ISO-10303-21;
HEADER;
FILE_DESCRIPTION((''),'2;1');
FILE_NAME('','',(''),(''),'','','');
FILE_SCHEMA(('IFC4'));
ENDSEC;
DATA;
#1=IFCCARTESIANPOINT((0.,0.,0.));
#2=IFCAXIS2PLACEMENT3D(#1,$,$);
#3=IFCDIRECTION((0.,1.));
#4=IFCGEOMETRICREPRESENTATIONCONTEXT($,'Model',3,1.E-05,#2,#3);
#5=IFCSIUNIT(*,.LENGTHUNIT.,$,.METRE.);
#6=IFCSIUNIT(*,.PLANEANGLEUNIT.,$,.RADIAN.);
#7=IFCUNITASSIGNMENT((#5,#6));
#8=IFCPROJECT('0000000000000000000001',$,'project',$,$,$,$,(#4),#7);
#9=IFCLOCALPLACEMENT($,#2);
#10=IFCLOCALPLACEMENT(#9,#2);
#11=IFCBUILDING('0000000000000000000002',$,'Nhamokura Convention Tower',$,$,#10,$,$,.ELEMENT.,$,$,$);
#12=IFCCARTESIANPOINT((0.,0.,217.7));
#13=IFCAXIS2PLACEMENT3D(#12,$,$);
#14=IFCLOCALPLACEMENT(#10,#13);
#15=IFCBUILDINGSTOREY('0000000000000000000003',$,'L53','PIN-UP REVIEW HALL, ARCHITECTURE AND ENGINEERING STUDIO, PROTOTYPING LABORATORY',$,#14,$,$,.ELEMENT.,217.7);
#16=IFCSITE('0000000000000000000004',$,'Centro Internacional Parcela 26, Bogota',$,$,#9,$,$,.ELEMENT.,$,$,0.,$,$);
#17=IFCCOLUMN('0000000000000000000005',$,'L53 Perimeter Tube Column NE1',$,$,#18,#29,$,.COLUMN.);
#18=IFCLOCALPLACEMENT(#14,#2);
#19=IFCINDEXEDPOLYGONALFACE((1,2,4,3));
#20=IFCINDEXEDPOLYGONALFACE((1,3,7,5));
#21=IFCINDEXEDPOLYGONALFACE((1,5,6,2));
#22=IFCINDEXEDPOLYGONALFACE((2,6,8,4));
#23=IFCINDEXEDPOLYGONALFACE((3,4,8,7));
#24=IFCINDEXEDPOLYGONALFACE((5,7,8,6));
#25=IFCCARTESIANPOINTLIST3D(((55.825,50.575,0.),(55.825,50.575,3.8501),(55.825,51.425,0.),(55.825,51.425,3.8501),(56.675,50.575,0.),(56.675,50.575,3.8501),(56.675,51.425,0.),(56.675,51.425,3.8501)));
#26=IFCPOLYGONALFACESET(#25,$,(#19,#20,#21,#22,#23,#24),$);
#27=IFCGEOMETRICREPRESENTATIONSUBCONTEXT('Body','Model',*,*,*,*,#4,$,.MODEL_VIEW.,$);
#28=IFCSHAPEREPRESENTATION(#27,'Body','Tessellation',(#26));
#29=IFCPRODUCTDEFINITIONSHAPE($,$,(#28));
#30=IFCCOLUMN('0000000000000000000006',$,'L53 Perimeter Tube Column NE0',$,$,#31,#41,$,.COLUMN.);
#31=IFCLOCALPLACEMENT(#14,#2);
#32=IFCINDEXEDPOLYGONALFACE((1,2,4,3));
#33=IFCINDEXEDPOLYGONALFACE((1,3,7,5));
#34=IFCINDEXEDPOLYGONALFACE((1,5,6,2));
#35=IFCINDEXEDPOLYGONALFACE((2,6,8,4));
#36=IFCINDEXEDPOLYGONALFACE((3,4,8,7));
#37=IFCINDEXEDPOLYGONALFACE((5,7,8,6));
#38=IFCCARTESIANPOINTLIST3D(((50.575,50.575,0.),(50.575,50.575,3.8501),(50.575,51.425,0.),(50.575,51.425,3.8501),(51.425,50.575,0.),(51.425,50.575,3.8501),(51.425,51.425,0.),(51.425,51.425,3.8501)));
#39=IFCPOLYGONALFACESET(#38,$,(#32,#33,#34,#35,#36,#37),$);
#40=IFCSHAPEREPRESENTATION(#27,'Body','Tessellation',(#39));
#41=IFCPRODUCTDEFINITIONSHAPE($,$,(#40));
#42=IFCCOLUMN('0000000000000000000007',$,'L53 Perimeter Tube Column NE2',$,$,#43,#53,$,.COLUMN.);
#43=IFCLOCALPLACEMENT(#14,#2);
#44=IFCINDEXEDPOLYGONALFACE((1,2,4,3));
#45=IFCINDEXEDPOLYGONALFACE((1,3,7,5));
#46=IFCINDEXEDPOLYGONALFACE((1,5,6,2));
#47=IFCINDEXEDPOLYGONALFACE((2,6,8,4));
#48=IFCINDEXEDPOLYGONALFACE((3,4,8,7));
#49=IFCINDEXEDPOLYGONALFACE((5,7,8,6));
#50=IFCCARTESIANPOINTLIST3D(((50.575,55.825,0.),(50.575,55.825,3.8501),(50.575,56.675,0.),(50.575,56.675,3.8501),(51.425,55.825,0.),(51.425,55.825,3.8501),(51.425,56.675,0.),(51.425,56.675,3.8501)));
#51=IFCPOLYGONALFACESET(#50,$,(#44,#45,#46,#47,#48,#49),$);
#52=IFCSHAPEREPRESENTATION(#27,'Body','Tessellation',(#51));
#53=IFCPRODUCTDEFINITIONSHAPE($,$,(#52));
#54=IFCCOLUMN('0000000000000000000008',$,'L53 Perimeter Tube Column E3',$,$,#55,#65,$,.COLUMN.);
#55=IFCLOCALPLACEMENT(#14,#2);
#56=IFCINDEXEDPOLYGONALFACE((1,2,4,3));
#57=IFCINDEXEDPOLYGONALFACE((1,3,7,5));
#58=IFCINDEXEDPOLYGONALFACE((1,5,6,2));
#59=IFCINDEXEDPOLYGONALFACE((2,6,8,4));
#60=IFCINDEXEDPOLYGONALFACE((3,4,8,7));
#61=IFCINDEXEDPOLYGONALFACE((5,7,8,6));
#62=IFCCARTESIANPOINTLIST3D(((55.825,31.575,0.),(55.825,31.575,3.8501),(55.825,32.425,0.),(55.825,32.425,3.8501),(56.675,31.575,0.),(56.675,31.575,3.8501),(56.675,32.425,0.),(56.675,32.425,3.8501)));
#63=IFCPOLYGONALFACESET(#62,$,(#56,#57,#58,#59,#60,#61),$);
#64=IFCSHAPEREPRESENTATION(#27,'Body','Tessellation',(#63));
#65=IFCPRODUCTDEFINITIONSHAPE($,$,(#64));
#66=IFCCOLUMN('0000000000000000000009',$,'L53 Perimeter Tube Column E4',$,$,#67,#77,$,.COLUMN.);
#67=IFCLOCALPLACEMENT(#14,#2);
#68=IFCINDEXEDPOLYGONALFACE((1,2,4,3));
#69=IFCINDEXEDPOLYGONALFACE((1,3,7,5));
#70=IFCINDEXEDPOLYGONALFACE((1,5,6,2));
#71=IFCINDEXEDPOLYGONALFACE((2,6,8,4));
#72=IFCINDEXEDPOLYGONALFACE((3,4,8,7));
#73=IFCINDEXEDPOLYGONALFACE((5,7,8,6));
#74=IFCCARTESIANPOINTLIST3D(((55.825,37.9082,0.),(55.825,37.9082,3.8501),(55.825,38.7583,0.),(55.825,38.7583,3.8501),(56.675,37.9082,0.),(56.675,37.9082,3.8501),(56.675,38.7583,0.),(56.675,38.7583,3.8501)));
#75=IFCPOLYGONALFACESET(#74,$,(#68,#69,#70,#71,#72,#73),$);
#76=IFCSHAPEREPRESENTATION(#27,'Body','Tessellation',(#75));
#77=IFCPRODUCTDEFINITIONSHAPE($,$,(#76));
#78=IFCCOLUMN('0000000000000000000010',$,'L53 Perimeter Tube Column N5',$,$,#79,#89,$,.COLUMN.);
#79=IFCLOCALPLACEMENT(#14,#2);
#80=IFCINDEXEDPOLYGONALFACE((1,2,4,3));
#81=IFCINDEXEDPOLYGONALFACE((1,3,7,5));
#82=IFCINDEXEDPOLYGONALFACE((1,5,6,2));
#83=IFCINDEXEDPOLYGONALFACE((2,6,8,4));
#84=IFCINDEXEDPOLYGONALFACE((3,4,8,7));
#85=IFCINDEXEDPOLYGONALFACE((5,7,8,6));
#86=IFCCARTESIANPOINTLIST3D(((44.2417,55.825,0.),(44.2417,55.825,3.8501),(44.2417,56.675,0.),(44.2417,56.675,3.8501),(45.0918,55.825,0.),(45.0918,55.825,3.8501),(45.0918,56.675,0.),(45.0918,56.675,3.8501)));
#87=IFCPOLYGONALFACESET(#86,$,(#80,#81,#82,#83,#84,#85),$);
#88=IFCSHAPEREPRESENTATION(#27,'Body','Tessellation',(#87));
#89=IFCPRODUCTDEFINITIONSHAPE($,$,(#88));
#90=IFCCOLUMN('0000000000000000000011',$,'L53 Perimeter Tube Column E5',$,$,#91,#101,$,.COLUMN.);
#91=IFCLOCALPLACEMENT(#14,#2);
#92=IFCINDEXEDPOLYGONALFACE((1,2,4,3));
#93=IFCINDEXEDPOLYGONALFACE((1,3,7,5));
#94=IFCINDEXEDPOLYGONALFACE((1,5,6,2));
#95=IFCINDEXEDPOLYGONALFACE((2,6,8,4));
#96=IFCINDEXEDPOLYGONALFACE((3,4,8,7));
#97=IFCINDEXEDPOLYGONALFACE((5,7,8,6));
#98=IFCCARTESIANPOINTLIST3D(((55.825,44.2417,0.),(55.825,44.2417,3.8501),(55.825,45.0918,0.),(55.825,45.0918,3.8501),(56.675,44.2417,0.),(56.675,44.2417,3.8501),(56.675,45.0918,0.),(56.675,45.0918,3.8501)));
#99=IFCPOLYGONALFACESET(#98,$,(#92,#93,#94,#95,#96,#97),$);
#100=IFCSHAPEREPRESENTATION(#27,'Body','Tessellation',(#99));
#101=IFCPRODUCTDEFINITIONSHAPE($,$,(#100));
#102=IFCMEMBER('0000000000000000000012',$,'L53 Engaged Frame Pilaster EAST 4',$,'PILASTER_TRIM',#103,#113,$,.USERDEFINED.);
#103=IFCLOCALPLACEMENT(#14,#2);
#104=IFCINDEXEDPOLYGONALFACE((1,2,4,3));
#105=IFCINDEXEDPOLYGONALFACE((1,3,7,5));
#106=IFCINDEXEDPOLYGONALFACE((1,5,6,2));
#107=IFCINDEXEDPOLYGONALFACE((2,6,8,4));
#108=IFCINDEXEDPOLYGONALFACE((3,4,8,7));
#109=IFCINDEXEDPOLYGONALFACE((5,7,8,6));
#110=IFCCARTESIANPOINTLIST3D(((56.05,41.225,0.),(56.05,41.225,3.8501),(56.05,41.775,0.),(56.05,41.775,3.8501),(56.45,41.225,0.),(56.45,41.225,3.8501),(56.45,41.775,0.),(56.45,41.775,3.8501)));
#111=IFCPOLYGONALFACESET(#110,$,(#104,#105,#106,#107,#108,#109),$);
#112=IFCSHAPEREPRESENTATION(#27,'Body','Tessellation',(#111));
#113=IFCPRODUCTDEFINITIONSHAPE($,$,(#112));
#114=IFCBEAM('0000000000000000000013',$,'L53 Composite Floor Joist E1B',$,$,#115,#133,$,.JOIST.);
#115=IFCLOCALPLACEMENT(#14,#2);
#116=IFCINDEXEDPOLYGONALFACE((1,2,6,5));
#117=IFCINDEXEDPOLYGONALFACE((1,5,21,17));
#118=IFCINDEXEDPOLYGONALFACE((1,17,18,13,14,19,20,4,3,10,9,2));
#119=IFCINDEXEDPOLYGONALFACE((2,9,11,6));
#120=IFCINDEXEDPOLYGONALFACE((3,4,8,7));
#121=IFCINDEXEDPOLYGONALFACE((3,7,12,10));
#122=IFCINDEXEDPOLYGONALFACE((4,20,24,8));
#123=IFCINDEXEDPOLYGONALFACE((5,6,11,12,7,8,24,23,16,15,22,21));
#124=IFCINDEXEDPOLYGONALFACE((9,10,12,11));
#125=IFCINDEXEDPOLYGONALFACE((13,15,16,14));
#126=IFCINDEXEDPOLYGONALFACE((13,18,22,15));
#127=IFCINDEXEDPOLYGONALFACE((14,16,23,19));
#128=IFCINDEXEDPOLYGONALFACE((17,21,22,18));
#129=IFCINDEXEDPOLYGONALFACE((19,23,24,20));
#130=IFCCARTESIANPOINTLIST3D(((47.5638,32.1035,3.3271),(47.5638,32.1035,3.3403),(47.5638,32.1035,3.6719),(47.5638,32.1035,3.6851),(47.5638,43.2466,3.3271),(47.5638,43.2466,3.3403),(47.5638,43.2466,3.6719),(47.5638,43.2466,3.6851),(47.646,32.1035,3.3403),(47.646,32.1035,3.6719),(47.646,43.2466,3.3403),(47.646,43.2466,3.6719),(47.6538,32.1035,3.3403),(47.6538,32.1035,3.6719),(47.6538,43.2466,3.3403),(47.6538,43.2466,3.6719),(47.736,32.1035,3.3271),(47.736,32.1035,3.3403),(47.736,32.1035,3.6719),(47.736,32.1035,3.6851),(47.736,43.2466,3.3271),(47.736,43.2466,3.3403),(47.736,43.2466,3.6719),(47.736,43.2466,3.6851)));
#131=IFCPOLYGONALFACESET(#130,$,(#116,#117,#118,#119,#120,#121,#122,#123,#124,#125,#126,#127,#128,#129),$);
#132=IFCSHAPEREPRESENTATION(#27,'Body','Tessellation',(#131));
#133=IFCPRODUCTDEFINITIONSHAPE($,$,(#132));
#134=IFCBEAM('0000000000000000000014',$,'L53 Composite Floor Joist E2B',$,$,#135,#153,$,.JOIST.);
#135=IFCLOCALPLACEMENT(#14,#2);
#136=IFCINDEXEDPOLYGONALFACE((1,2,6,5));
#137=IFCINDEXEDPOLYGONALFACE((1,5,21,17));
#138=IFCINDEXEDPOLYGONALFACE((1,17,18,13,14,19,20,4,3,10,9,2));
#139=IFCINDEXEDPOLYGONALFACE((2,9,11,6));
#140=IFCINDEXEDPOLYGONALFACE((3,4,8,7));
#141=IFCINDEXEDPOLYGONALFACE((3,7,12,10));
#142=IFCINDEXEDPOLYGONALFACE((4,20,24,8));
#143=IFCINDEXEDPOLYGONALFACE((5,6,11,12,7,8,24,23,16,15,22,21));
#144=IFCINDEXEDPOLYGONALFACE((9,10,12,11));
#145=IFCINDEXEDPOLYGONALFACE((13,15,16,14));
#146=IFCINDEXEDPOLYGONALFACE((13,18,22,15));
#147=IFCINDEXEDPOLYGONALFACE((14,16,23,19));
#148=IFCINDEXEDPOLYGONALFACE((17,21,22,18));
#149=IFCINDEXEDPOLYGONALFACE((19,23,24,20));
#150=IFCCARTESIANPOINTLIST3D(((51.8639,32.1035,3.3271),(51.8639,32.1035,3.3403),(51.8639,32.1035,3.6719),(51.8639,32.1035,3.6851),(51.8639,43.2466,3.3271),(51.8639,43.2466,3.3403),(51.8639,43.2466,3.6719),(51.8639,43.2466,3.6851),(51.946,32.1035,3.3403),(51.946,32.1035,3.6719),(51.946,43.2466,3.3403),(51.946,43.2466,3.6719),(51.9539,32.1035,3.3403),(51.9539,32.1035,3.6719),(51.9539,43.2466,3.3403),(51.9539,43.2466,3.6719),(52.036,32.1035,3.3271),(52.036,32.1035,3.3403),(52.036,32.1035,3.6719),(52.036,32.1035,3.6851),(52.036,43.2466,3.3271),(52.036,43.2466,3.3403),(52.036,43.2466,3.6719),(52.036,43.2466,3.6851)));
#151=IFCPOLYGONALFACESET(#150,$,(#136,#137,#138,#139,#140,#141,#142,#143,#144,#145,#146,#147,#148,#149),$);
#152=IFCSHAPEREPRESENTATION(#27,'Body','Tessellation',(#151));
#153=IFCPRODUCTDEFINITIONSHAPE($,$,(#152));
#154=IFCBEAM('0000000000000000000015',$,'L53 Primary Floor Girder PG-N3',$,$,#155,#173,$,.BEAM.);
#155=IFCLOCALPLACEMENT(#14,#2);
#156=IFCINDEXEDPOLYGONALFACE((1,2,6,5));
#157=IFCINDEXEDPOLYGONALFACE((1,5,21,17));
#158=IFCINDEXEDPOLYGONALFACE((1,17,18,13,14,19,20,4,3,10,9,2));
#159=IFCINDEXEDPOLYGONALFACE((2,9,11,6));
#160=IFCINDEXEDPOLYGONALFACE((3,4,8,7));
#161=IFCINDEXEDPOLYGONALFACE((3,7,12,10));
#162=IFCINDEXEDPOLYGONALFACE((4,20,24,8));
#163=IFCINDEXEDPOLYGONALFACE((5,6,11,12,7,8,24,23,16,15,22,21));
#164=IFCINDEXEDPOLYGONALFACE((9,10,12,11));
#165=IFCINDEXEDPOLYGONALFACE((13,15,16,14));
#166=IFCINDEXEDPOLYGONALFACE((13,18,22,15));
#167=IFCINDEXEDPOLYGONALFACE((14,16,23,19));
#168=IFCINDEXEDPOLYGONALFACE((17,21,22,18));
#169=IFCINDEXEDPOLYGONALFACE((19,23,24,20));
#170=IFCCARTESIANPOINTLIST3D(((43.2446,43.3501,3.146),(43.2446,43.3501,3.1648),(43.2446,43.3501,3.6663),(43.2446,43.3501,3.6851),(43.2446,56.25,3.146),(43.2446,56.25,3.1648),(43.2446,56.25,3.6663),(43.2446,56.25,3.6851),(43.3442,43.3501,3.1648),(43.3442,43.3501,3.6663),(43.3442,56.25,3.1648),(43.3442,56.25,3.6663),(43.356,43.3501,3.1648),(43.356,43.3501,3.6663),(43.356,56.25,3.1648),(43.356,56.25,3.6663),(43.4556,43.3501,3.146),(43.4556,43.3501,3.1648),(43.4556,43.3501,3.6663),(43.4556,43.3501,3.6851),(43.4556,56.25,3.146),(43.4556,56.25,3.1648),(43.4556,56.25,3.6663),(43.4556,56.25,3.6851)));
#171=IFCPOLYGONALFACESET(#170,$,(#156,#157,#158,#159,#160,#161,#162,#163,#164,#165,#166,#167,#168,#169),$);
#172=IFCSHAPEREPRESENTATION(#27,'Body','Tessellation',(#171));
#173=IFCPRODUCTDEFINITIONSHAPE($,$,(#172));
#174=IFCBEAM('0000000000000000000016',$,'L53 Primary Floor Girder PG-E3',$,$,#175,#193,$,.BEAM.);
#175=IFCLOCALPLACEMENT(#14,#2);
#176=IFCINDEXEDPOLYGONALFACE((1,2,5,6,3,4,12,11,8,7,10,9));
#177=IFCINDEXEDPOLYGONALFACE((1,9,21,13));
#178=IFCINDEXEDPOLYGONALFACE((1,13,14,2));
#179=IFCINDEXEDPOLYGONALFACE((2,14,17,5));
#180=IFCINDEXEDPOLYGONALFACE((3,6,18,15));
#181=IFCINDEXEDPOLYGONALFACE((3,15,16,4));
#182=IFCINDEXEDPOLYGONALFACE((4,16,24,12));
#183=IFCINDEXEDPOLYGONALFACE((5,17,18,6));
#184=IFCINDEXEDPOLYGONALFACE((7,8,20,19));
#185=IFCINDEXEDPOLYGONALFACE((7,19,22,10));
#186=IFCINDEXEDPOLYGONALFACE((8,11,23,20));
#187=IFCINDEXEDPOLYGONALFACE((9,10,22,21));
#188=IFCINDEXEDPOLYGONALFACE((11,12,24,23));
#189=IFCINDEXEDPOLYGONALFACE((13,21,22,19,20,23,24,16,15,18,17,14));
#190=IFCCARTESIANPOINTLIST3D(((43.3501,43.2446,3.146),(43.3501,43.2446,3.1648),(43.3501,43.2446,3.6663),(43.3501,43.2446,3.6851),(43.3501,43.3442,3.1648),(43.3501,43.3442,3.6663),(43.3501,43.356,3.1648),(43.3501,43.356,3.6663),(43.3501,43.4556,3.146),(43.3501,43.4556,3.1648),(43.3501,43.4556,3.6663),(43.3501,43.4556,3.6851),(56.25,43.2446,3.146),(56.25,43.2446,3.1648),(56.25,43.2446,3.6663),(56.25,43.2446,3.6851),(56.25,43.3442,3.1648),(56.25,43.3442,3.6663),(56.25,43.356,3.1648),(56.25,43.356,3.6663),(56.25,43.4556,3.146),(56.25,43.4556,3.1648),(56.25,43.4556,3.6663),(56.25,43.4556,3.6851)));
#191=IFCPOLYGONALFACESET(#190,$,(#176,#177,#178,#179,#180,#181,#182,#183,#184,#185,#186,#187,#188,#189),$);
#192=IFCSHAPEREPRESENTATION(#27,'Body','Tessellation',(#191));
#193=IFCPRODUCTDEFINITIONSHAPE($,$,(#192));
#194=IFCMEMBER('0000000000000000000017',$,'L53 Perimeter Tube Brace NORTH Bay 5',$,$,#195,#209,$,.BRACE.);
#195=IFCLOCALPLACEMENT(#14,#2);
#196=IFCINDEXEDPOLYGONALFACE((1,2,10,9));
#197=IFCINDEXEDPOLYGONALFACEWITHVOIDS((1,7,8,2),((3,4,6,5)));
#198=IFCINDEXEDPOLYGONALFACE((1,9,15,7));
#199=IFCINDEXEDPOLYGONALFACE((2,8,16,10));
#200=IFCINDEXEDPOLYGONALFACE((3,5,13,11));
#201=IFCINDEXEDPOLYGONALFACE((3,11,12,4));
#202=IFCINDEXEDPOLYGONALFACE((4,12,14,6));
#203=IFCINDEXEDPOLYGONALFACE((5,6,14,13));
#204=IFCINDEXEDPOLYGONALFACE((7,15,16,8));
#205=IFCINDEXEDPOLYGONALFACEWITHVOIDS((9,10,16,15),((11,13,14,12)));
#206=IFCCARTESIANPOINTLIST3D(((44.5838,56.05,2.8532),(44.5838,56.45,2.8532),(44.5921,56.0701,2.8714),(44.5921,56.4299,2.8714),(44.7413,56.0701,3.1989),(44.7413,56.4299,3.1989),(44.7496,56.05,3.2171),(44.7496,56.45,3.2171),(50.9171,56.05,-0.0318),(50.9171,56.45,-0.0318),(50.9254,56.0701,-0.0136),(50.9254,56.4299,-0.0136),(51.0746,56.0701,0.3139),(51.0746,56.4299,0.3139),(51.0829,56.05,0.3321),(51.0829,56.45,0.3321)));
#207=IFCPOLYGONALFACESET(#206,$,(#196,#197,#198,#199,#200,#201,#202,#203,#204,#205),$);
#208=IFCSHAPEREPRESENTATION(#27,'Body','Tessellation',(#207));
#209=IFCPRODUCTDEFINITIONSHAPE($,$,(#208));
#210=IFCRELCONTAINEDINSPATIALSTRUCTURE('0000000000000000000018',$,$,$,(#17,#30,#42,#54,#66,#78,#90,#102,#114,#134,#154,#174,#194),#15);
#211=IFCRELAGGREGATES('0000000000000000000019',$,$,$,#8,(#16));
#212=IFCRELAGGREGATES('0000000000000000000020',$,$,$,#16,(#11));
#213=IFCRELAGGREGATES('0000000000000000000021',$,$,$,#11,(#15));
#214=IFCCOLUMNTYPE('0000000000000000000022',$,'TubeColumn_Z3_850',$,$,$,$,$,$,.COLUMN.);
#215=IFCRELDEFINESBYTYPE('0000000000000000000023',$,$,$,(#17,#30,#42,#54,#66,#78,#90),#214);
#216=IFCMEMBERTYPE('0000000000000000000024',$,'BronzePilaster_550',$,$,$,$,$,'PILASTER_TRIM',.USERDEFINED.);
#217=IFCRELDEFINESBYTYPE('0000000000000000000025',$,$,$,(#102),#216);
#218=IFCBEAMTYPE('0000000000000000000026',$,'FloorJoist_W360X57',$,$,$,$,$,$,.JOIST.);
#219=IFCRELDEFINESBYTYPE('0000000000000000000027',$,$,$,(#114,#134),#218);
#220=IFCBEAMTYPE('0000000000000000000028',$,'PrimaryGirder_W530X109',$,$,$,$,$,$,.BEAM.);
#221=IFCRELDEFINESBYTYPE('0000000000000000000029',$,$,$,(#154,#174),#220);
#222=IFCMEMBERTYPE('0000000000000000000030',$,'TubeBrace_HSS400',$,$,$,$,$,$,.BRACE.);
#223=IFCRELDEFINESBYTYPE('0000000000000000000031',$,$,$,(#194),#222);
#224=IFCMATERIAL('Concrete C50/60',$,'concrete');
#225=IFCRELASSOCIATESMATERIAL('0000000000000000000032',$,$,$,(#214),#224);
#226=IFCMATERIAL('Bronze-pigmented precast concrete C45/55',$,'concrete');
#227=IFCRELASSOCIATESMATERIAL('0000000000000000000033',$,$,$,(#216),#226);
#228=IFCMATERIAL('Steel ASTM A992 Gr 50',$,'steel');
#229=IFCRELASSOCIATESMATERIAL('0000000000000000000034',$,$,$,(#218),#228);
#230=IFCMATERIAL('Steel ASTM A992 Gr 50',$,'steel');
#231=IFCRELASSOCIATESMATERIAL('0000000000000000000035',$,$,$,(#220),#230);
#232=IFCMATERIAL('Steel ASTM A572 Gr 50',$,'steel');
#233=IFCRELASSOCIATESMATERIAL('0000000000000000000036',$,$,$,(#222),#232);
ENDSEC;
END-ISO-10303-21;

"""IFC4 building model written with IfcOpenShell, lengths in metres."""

from ifc_helpers import new_model, si_unit, direction, frame, origin, origin_2d, place, context, subcontext, project, spatial, rectangle, hollow_rectangle, i_section, extrude, material, material_profile, profile_set, type_object, element, save


model = new_model("IFC4")

# Units and contexts
model_context = context("Model", 3, precision=1e-05, world=origin(), true_north=direction((0.0, 1.0)))
body_context = subcontext(model_context, "Body", "Model", "MODEL_VIEW")
ifc_project = project(units=[si_unit("LENGTHUNIT", "METRE"), si_unit("PLANEANGLEUNIT", "RADIAN")], contexts=[model_context])

# Site, building, storey
site_placement = place(None, origin())
site = spatial("IfcSite", under=ifc_project, at=site_placement, Name="Centro Internacional Parcela 26, Bogota", CompositionType="ELEMENT", RefElevation=0.0)
building_placement = place(site_placement, origin())
building = spatial("IfcBuilding", under=site, at=building_placement, Name="Nhamokura Convention Tower", CompositionType="ELEMENT")
storey_placement = place(building_placement, frame((0.0, 0.0, 217.7)))
storey = spatial("IfcBuildingStorey", under=building, at=storey_placement, Name="L53", Description="PIN-UP REVIEW HALL, ARCHITECTURE AND ENGINEERING STUDIO, PROTOTYPING LABORATORY", CompositionType="ELEMENT", Elevation=217.7)

# Columns
ifc_material_1 = material(Name="Concrete C50/60", Category="concrete")
ifc_material_profile_1 = material_profile(ifc_material_1, rectangle(XDim=0.8501, YDim=0.8501, at=origin_2d()))
ifc_profile_set_1 = profile_set([ifc_material_profile_1], Name="Concrete C50/60")
column_type = type_object("IfcColumnType", Name="TubeColumn_Z3_850", PredefinedType="COLUMN", material=ifc_profile_set_1)
for number, where, z_axis, x_axis, name in (
    (1, (56.25, 51.0, 0.0), (0.0, 0.0, 1.0), (1.0, 0.0, 0.0), "L53 Perimeter Tube Column NE1"),
    (2, (51.0, 51.0, 0.0), (0.0, 0.0, 1.0), (1.0, 0.0, 0.0), "L53 Perimeter Tube Column NE0"),
    (3, (51.0, 56.25, 0.0), (0.0, 0.0, 1.0), (1.0, 0.0, 0.0), "L53 Perimeter Tube Column NE2"),
    (4, (56.25, 32.0, 0.0), (0.0, 0.0, 1.0), (1.0, 0.0, 0.0), "L53 Perimeter Tube Column E3"),
    (5, (56.25, 38.3333, 0.0), (0.0, 0.0, 1.0), (1.0, 0.0, 0.0), "L53 Perimeter Tube Column E4"),
    (6, (44.6667, 56.25, 0.0), (0.0, 0.0, 1.0), (1.0, 0.0, 0.0), "L53 Perimeter Tube Column N5"),
    (7, (56.25, 44.6667, 0.0), (0.0, 0.0, 1.0), (1.0, 0.0, 0.0), "L53 Perimeter Tube Column E5"),
):
    element("IfcColumn", number, at=place(storey_placement, frame(where, z_axis=z_axis, x_axis=x_axis)), inside=storey, type_object=column_type, Name=name, PredefinedType="COLUMN", context=body_context, shape_type="SweptSolid", body=[
        extrude(rectangle(XDim=0.8501, YDim=0.8501, at=origin_2d()), origin(), (0.0, 0.0, 1.0), 3.8501),
    ])

# Member
ifc_material_2 = material(Name="Bronze-pigmented precast concrete C45/55", Category="concrete")
ifc_material_profile_2 = material_profile(ifc_material_2, rectangle(XDim=0.3999, YDim=0.55, at=origin_2d()))
ifc_profile_set_2 = profile_set([ifc_material_profile_2], Name="Bronze-pigmented precast concrete C45/55")
member_type_1 = type_object("IfcMemberType", Name="BronzePilaster_550", ElementType="PILASTER_TRIM", PredefinedType="USERDEFINED", material=ifc_profile_set_2)
member_placement = place(storey_placement, frame((56.25, 41.5, 0.0), z_axis=(0.0, 0.0, 1.0), x_axis=(1.0, 0.0, 0.0)))
element("IfcMember", 8, at=member_placement, inside=storey, type_object=member_type_1, Name="L53 Engaged Frame Pilaster EAST 4", ObjectType="PILASTER_TRIM", PredefinedType="USERDEFINED", context=body_context, shape_type="SweptSolid", body=[
    extrude(rectangle(XDim=0.3999, YDim=0.55, at=origin_2d()), origin(), (0.0, 0.0, 1.0), 3.8501),
])

# Beams
ifc_material_3 = material(Name="Steel ASTM A992 Gr 50", Category="steel")
ifc_material_profile_3 = material_profile(ifc_material_3, i_section(OverallWidth=0.1721, OverallDepth=0.3579, WebThickness=0.0078, FlangeThickness=0.0132, at=origin_2d()))
ifc_profile_set_3 = profile_set([ifc_material_profile_3], Name="Steel ASTM A992 Gr 50")
beam_type_1 = type_object("IfcBeamType", Name="FloorJoist_W360X57", PredefinedType="JOIST", material=ifc_profile_set_3)
for number, where, z_axis, x_axis, name in (
    (9, (47.6499, 32.1035, 3.5061), (0.0, 1.0, 0.0), (-1.0, 0.0, 0.0), "L53 Composite Floor Joist E1B"),
    (10, (51.95, 32.1035, 3.5061), (0.0, 1.0, 0.0), (-1.0, 0.0, 0.0), "L53 Composite Floor Joist E2B"),
):
    element("IfcBeam", number, at=place(storey_placement, frame(where, z_axis=z_axis, x_axis=x_axis)), inside=storey, type_object=beam_type_1, Name=name, PredefinedType="JOIST", context=body_context, shape_type="SweptSolid", body=[
        extrude(i_section(OverallWidth=0.1721, OverallDepth=0.3579, WebThickness=0.0078, FlangeThickness=0.0132, at=origin_2d()), origin(), (0.0, 0.0, 1.0), 11.1431),
    ])
ifc_material_4 = material(Name="Steel ASTM A992 Gr 50", Category="steel")
ifc_material_profile_4 = material_profile(ifc_material_4, i_section(OverallWidth=0.2109, OverallDepth=0.5391, WebThickness=0.0117, FlangeThickness=0.0188, at=origin_2d()))
ifc_profile_set_4 = profile_set([ifc_material_profile_4], Name="Steel ASTM A992 Gr 50")
beam_type_2 = type_object("IfcBeamType", Name="PrimaryGirder_W530X109", PredefinedType="BEAM", material=ifc_profile_set_4)
for number, where, z_axis, x_axis, name in (
    (11, (43.3501, 43.3501, 3.4155), (0.0, 1.0, 0.0), (-1.0, 0.0, 0.0), "L53 Primary Floor Girder PG-N3"),
    (12, (43.3501, 43.3501, 3.4155), (1.0, 0.0, 0.0), (0.0, 1.0, 0.0), "L53 Primary Floor Girder PG-E3"),
):
    element("IfcBeam", number, at=place(storey_placement, frame(where, z_axis=z_axis, x_axis=x_axis)), inside=storey, type_object=beam_type_2, Name=name, PredefinedType="BEAM", context=body_context, shape_type="SweptSolid", body=[
        extrude(i_section(OverallWidth=0.2109, OverallDepth=0.5391, WebThickness=0.0117, FlangeThickness=0.0188, at=origin_2d()), origin(), (0.0, 0.0, 1.0), 12.8999),
    ])

# Member
ifc_material_5 = material(Name="Steel ASTM A572 Gr 50", Category="steel")
ifc_material_profile_5 = material_profile(ifc_material_5, hollow_rectangle(XDim=0.3999, YDim=0.3999, WallThickness=0.02, at=origin_2d()))
ifc_profile_set_5 = profile_set([ifc_material_profile_5], Name="Steel ASTM A572 Gr 50")
member_type_2 = type_object("IfcMemberType", Name="TubeBrace_HSS400", PredefinedType="BRACE", material=ifc_profile_set_5)
for number, where, z_axis, x_axis, name in (
    (13, (51.0, 56.25, 0.1501), (-0.910027, 0.0, 0.414548), (0.0, -1.0, 0.0), "L53 Perimeter Tube Brace NORTH Bay 5"),
):
    element("IfcMember", number, at=place(storey_placement, frame(where, z_axis=z_axis, x_axis=x_axis)), inside=storey, type_object=member_type_2, Name=name, PredefinedType="BRACE", context=body_context, shape_type="SweptSolid", body=[
        extrude(hollow_rectangle(XDim=0.3999, YDim=0.3999, WallThickness=0.02, at=origin_2d()), origin(), (0.0, 0.0, 1.0), 6.9595),
    ])

save(model, "model.ifc")
